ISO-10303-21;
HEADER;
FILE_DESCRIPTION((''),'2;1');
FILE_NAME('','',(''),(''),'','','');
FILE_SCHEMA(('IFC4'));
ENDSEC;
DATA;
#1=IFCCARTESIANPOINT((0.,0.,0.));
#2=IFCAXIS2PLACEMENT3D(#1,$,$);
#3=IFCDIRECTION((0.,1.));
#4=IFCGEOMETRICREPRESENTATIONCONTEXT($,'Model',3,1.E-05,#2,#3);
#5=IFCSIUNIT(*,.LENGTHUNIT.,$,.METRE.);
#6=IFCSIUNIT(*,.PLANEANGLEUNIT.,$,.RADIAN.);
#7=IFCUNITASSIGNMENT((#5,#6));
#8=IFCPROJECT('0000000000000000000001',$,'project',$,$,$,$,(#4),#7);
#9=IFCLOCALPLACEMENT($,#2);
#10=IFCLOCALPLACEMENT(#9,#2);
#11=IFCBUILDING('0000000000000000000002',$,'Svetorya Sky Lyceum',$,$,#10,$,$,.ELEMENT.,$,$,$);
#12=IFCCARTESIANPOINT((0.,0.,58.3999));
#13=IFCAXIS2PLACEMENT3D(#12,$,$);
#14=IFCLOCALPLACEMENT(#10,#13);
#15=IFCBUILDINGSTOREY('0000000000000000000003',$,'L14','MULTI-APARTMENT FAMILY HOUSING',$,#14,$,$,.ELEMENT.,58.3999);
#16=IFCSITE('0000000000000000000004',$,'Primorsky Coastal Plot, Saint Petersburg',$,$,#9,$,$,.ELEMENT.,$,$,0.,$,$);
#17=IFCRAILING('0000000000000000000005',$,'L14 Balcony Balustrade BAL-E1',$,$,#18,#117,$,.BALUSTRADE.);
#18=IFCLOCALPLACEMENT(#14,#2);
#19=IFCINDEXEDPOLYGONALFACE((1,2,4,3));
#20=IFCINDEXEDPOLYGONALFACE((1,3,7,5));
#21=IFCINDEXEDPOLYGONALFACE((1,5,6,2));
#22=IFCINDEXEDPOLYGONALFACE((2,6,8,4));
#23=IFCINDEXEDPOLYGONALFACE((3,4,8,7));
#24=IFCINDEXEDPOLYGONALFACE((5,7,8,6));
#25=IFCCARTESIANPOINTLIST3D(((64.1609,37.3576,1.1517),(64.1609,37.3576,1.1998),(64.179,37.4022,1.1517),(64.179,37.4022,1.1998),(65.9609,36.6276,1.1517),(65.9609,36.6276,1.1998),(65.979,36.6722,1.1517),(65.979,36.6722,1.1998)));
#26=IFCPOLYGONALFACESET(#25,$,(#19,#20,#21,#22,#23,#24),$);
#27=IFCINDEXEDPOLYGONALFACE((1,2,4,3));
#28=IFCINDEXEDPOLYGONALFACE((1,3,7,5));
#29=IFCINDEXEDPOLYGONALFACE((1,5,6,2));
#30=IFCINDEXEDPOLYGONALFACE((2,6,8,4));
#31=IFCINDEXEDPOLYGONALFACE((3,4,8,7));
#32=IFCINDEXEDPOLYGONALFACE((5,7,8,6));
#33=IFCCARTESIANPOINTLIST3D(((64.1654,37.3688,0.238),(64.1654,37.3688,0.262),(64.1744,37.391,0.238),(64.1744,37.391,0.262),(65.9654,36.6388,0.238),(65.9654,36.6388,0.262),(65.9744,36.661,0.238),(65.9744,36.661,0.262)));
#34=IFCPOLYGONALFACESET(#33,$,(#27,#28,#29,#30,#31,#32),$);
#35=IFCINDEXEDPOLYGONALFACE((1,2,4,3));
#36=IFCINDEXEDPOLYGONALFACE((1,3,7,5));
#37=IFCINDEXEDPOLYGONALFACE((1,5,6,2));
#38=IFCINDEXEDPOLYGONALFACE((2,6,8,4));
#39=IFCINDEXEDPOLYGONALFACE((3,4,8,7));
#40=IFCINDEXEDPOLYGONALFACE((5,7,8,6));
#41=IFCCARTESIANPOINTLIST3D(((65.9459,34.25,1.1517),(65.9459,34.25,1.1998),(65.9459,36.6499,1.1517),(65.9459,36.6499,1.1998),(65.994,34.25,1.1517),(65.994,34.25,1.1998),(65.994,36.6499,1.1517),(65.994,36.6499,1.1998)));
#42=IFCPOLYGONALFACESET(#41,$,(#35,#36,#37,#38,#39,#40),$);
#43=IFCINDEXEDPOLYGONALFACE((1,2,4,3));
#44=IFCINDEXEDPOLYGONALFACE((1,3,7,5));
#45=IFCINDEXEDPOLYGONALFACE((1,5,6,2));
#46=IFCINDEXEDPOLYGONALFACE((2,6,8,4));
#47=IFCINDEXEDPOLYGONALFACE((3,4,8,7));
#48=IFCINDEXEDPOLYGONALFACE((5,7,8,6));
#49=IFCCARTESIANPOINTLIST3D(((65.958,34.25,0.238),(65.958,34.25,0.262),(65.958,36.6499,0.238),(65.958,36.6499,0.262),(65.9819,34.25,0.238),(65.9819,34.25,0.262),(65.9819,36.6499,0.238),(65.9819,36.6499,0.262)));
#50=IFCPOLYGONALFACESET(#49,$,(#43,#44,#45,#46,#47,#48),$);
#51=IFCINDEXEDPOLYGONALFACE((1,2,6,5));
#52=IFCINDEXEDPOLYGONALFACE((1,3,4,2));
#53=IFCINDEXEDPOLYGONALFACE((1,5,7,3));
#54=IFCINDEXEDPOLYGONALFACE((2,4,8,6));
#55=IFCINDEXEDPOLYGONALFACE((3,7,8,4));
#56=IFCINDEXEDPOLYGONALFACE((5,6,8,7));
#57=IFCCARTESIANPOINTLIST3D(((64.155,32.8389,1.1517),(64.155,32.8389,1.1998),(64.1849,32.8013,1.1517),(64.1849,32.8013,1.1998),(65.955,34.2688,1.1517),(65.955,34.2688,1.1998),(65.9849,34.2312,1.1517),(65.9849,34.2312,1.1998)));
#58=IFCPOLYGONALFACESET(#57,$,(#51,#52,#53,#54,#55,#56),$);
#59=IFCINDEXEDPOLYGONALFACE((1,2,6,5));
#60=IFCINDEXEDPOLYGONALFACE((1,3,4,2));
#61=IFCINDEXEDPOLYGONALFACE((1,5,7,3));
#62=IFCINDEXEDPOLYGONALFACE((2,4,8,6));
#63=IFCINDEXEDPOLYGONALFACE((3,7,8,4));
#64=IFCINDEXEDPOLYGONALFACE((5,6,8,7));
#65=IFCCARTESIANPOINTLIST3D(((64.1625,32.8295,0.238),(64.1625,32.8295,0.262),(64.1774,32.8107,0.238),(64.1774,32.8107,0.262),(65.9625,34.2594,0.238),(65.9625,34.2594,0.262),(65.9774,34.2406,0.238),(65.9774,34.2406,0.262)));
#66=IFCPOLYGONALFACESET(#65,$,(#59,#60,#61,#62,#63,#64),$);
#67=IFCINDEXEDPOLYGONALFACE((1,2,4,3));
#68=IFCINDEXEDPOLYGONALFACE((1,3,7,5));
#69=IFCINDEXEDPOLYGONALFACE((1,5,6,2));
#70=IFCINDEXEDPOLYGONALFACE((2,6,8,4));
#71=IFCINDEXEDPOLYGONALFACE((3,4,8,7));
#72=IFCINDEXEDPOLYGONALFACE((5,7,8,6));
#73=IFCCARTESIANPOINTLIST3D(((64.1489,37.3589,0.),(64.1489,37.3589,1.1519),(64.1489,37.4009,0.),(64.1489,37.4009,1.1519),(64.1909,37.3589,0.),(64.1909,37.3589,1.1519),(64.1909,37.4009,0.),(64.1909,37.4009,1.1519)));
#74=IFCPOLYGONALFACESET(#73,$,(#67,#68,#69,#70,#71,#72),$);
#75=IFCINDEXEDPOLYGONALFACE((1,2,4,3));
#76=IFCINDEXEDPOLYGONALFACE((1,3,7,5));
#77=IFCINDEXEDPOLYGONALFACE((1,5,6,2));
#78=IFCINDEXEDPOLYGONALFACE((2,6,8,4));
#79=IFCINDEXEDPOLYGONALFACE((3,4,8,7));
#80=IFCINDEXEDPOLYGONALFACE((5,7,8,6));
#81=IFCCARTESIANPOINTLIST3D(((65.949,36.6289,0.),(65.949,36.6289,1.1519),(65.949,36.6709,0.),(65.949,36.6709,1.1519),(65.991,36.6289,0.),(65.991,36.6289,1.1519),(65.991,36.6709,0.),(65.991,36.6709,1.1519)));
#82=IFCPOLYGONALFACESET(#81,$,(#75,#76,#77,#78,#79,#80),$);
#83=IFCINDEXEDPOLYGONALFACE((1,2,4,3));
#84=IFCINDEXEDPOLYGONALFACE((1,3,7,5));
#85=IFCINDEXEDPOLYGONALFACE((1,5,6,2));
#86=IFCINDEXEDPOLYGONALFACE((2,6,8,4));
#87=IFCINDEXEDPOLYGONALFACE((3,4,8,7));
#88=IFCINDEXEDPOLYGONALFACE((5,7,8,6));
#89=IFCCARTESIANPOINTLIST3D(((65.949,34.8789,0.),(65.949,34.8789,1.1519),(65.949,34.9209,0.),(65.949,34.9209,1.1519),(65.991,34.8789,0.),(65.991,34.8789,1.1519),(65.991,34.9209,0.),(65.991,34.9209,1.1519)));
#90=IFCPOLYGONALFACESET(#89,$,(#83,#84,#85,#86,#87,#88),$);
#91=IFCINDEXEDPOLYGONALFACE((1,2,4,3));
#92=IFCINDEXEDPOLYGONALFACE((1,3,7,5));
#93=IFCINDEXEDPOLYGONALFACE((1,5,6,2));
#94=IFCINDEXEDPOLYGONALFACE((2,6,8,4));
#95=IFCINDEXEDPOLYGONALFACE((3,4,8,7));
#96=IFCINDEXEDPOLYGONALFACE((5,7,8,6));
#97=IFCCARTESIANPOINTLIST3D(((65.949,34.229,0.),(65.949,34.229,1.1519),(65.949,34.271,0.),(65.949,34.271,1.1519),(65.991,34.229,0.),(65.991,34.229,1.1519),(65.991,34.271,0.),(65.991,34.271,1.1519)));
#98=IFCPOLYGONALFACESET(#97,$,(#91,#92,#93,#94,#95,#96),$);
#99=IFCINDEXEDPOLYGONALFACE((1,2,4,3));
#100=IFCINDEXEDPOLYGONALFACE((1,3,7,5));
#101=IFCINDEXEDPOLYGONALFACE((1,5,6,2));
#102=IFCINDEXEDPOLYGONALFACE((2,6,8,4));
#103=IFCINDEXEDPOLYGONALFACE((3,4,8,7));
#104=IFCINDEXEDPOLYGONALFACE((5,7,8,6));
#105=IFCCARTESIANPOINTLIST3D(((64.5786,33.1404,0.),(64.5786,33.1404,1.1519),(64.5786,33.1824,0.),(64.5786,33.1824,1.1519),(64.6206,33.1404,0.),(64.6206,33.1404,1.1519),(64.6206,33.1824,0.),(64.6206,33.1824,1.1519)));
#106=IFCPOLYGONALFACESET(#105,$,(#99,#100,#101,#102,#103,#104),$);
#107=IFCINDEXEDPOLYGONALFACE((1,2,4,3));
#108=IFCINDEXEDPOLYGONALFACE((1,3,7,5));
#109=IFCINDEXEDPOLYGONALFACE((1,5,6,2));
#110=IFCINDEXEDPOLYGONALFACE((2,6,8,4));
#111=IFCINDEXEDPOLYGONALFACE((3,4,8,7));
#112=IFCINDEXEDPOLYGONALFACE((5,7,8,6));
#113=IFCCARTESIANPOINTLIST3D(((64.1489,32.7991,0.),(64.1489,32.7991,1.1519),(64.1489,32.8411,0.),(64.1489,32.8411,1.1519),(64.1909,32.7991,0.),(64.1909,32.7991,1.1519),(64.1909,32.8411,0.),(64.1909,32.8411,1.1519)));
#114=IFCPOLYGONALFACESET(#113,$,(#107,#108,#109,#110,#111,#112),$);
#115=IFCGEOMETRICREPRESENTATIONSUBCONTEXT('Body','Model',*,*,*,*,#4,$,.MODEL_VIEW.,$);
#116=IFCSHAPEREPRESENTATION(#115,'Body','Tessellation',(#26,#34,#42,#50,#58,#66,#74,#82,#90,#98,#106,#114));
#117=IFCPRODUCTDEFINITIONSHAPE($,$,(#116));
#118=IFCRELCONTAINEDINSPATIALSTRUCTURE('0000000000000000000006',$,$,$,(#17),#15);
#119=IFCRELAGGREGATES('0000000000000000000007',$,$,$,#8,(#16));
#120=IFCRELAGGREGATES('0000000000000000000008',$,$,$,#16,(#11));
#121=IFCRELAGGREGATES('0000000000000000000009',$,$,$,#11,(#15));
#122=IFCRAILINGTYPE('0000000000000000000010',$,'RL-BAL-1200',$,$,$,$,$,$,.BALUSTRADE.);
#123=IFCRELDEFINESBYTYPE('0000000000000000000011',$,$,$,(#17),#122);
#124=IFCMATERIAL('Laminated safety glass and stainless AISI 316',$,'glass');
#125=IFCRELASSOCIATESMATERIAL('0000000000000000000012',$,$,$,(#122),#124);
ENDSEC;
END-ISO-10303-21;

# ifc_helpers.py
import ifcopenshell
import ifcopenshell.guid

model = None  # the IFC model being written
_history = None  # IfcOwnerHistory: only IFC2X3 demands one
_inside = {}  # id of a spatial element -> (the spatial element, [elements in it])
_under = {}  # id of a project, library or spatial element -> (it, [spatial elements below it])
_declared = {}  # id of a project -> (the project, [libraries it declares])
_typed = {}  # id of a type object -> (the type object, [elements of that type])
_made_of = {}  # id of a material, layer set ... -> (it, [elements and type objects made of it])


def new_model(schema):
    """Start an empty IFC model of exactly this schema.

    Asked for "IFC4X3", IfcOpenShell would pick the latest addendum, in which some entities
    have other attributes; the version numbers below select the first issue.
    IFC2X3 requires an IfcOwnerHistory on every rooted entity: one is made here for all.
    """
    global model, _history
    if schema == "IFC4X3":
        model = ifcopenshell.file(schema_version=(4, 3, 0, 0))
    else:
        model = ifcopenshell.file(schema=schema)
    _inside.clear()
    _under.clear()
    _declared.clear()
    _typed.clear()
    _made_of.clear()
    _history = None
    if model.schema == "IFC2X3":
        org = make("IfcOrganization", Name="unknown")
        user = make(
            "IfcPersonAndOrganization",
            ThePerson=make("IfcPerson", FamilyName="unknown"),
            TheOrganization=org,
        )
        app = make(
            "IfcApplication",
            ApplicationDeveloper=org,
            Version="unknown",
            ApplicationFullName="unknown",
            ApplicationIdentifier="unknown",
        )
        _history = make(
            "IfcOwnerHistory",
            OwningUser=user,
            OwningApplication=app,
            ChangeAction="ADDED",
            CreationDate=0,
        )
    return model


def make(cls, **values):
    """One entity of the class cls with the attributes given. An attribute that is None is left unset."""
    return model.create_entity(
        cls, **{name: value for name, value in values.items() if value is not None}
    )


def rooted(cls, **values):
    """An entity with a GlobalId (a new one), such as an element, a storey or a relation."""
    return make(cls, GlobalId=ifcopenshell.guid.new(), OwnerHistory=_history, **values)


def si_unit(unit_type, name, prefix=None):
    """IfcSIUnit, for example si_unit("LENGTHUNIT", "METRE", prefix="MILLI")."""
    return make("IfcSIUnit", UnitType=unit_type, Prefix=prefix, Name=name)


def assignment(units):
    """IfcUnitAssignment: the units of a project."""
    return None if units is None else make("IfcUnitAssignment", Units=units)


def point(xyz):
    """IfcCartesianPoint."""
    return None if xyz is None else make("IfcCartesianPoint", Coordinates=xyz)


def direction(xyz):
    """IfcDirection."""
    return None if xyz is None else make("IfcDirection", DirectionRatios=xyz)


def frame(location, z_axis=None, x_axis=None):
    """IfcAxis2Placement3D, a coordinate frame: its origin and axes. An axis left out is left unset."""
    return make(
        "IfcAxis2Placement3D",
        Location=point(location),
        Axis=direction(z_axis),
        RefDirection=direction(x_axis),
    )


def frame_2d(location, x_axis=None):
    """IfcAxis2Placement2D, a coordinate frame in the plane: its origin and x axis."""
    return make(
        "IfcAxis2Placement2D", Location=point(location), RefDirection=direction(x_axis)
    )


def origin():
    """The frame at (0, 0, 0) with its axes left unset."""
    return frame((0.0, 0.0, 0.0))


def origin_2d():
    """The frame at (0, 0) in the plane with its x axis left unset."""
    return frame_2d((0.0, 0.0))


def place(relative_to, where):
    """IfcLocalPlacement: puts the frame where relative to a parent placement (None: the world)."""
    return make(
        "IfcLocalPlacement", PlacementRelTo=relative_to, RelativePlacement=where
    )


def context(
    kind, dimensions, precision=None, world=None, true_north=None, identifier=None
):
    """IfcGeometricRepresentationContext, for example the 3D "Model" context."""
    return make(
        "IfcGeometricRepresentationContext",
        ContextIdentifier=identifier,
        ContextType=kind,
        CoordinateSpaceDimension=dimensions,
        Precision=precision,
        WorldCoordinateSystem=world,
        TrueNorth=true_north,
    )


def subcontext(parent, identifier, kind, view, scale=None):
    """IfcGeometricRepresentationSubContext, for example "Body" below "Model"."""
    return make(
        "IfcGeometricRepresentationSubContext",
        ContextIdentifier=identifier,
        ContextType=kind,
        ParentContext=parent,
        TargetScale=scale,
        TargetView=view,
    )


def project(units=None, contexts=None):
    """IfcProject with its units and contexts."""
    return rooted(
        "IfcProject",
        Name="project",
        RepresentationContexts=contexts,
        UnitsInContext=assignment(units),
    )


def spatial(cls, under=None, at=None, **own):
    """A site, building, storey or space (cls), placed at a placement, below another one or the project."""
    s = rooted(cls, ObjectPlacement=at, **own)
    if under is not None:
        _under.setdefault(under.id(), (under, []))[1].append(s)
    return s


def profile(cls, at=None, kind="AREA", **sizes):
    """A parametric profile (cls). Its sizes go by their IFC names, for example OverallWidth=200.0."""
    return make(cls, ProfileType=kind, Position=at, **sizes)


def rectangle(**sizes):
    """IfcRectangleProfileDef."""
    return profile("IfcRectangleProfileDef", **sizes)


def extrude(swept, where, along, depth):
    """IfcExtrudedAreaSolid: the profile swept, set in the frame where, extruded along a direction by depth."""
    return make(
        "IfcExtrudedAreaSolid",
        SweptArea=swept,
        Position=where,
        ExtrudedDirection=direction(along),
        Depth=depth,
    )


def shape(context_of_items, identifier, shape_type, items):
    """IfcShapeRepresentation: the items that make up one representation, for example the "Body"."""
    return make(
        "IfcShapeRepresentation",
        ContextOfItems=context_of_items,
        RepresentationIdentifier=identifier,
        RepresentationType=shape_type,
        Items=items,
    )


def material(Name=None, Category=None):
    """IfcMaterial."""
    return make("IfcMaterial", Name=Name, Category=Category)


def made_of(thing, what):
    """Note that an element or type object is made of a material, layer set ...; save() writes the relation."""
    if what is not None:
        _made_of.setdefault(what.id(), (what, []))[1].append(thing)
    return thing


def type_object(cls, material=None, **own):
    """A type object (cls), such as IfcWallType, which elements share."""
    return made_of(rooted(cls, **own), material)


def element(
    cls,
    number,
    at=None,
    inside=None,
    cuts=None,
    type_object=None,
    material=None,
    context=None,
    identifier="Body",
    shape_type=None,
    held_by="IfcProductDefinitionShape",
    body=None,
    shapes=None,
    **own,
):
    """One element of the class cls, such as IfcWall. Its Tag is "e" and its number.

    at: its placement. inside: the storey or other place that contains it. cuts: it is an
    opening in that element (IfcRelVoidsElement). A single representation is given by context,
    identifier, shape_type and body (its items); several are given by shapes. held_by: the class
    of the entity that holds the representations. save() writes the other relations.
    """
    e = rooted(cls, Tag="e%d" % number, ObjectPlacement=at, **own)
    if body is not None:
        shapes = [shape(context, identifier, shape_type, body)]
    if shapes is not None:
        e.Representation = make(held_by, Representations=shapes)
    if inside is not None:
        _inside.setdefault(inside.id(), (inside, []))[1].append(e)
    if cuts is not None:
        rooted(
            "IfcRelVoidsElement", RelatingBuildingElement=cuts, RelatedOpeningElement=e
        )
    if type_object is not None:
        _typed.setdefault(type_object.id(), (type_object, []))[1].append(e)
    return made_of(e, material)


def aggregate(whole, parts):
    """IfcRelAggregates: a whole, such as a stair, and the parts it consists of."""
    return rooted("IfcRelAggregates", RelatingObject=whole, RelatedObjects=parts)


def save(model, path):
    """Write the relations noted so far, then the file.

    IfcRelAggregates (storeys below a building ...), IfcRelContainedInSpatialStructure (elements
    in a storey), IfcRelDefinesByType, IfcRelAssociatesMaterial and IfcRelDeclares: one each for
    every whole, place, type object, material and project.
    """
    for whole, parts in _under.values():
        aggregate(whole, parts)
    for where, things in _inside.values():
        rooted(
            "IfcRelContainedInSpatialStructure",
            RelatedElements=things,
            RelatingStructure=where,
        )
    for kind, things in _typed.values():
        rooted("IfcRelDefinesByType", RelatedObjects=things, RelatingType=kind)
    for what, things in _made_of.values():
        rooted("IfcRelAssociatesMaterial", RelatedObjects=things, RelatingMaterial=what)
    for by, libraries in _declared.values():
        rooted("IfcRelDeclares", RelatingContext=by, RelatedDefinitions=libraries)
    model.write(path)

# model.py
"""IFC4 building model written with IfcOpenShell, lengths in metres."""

from ifc_helpers import new_model, si_unit, direction, frame, origin, origin_2d, place, context, subcontext, project, spatial, rectangle, extrude, material, type_object, element, save


model = new_model("IFC4")

# Units and contexts
model_context = context("Model", 3, precision=1e-05, world=origin(), true_north=direction((0.0, 1.0)))
body_context = subcontext(model_context, "Body", "Model", "MODEL_VIEW")
ifc_project = project(units=[si_unit("LENGTHUNIT", "METRE"), si_unit("PLANEANGLEUNIT", "RADIAN")], contexts=[model_context])

# Site, building, storey
site_placement = place(None, origin())
site = spatial("IfcSite", under=ifc_project, at=site_placement, Name="Primorsky Coastal Plot, Saint Petersburg", CompositionType="ELEMENT", RefElevation=0.0)
building_placement = place(site_placement, origin())
building = spatial("IfcBuilding", under=site, at=building_placement, Name="Svetorya Sky Lyceum", CompositionType="ELEMENT")
storey_placement = place(building_placement, frame((0.0, 0.0, 58.3999)))
storey = spatial("IfcBuildingStorey", under=building, at=storey_placement, Name="L14", Description="MULTI-APARTMENT FAMILY HOUSING", CompositionType="ELEMENT", Elevation=58.3999)

# Railing
ifc_material_1 = material(Name="Laminated safety glass and stainless AISI 316", Category="glass")
railing_type = type_object("IfcRailingType", Name="RL-BAL-1200", PredefinedType="BALUSTRADE", material=ifc_material_1)
railing_placement = place(storey_placement, frame((64.1699, 37.3799, 0.0)))
element("IfcRailing", 1, at=railing_placement, inside=storey, type_object=railing_type, Name="L14 Balcony Balustrade BAL-E1", PredefinedType="BALUSTRADE", context=body_context, shape_type="SweptSolid", body=[
    extrude(rectangle(XDim=0.0481, YDim=0.0481, at=origin_2d()), frame((0.0, 0.0, 1.1758), z_axis=(0.926698, -0.375807, 0.0), x_axis=(0.375807, 0.926698, 0.0)), (0.0, 0.0, 1.0), 1.9424),
    extrude(rectangle(XDim=0.0239, YDim=0.0239, at=origin_2d()), frame((0.0, 0.0, 0.25), z_axis=(0.926698, -0.375807, 0.0), x_axis=(0.375807, 0.926698, 0.0)), (0.0, 0.0, 1.0), 1.9424),
    extrude(rectangle(XDim=0.0481, YDim=0.0481, at=origin_2d()), frame((1.8, -0.73, 1.1758), z_axis=(0.0, -1.0, 0.0), x_axis=(1.0, 0.0, 0.0)), (0.0, 0.0, 1.0), 2.3999),
    extrude(rectangle(XDim=0.0239, YDim=0.0239, at=origin_2d()), frame((1.8, -0.73, 0.25), z_axis=(0.0, -1.0, 0.0), x_axis=(1.0, 0.0, 0.0)), (0.0, 0.0, 1.0), 2.3999),
    extrude(rectangle(XDim=0.0481, YDim=0.0481, at=origin_2d()), frame((1.8, -3.1299, 1.1758), z_axis=(-0.783009, -0.62201, 0.0), x_axis=(0.62201, -0.783009, 0.0)), (0.0, 0.0, 1.0), 2.2988),
    extrude(rectangle(XDim=0.0239, YDim=0.0239, at=origin_2d()), frame((1.8, -3.1299, 0.25), z_axis=(-0.783009, -0.62201, 0.0), x_axis=(0.62201, -0.783009, 0.0)), (0.0, 0.0, 1.0), 2.2988),
    extrude(rectangle(XDim=0.042, YDim=0.042, at=origin_2d()), origin(), (0.0, 0.0, 1.0), 1.1519),
    extrude(rectangle(XDim=0.042, YDim=0.042, at=origin_2d()), frame((1.8, -0.73, 0.0)), (0.0, 0.0, 1.0), 1.1519),
    extrude(rectangle(XDim=0.042, YDim=0.042, at=origin_2d()), frame((1.8, -2.48, 0.0)), (0.0, 0.0, 1.0), 1.1519),
    extrude(rectangle(XDim=0.042, YDim=0.042, at=origin_2d()), frame((1.8, -3.1299, 0.0)), (0.0, 0.0, 1.0), 1.1519),
    extrude(rectangle(XDim=0.042, YDim=0.042, at=origin_2d()), frame((0.4297, -4.2185, 0.0)), (0.0, 0.0, 1.0), 1.1519),
    extrude(rectangle(XDim=0.042, YDim=0.042, at=origin_2d()), frame((0.0, -4.5598, 0.0)), (0.0, 0.0, 1.0), 1.1519),
])

save(model, "model.ifc")
